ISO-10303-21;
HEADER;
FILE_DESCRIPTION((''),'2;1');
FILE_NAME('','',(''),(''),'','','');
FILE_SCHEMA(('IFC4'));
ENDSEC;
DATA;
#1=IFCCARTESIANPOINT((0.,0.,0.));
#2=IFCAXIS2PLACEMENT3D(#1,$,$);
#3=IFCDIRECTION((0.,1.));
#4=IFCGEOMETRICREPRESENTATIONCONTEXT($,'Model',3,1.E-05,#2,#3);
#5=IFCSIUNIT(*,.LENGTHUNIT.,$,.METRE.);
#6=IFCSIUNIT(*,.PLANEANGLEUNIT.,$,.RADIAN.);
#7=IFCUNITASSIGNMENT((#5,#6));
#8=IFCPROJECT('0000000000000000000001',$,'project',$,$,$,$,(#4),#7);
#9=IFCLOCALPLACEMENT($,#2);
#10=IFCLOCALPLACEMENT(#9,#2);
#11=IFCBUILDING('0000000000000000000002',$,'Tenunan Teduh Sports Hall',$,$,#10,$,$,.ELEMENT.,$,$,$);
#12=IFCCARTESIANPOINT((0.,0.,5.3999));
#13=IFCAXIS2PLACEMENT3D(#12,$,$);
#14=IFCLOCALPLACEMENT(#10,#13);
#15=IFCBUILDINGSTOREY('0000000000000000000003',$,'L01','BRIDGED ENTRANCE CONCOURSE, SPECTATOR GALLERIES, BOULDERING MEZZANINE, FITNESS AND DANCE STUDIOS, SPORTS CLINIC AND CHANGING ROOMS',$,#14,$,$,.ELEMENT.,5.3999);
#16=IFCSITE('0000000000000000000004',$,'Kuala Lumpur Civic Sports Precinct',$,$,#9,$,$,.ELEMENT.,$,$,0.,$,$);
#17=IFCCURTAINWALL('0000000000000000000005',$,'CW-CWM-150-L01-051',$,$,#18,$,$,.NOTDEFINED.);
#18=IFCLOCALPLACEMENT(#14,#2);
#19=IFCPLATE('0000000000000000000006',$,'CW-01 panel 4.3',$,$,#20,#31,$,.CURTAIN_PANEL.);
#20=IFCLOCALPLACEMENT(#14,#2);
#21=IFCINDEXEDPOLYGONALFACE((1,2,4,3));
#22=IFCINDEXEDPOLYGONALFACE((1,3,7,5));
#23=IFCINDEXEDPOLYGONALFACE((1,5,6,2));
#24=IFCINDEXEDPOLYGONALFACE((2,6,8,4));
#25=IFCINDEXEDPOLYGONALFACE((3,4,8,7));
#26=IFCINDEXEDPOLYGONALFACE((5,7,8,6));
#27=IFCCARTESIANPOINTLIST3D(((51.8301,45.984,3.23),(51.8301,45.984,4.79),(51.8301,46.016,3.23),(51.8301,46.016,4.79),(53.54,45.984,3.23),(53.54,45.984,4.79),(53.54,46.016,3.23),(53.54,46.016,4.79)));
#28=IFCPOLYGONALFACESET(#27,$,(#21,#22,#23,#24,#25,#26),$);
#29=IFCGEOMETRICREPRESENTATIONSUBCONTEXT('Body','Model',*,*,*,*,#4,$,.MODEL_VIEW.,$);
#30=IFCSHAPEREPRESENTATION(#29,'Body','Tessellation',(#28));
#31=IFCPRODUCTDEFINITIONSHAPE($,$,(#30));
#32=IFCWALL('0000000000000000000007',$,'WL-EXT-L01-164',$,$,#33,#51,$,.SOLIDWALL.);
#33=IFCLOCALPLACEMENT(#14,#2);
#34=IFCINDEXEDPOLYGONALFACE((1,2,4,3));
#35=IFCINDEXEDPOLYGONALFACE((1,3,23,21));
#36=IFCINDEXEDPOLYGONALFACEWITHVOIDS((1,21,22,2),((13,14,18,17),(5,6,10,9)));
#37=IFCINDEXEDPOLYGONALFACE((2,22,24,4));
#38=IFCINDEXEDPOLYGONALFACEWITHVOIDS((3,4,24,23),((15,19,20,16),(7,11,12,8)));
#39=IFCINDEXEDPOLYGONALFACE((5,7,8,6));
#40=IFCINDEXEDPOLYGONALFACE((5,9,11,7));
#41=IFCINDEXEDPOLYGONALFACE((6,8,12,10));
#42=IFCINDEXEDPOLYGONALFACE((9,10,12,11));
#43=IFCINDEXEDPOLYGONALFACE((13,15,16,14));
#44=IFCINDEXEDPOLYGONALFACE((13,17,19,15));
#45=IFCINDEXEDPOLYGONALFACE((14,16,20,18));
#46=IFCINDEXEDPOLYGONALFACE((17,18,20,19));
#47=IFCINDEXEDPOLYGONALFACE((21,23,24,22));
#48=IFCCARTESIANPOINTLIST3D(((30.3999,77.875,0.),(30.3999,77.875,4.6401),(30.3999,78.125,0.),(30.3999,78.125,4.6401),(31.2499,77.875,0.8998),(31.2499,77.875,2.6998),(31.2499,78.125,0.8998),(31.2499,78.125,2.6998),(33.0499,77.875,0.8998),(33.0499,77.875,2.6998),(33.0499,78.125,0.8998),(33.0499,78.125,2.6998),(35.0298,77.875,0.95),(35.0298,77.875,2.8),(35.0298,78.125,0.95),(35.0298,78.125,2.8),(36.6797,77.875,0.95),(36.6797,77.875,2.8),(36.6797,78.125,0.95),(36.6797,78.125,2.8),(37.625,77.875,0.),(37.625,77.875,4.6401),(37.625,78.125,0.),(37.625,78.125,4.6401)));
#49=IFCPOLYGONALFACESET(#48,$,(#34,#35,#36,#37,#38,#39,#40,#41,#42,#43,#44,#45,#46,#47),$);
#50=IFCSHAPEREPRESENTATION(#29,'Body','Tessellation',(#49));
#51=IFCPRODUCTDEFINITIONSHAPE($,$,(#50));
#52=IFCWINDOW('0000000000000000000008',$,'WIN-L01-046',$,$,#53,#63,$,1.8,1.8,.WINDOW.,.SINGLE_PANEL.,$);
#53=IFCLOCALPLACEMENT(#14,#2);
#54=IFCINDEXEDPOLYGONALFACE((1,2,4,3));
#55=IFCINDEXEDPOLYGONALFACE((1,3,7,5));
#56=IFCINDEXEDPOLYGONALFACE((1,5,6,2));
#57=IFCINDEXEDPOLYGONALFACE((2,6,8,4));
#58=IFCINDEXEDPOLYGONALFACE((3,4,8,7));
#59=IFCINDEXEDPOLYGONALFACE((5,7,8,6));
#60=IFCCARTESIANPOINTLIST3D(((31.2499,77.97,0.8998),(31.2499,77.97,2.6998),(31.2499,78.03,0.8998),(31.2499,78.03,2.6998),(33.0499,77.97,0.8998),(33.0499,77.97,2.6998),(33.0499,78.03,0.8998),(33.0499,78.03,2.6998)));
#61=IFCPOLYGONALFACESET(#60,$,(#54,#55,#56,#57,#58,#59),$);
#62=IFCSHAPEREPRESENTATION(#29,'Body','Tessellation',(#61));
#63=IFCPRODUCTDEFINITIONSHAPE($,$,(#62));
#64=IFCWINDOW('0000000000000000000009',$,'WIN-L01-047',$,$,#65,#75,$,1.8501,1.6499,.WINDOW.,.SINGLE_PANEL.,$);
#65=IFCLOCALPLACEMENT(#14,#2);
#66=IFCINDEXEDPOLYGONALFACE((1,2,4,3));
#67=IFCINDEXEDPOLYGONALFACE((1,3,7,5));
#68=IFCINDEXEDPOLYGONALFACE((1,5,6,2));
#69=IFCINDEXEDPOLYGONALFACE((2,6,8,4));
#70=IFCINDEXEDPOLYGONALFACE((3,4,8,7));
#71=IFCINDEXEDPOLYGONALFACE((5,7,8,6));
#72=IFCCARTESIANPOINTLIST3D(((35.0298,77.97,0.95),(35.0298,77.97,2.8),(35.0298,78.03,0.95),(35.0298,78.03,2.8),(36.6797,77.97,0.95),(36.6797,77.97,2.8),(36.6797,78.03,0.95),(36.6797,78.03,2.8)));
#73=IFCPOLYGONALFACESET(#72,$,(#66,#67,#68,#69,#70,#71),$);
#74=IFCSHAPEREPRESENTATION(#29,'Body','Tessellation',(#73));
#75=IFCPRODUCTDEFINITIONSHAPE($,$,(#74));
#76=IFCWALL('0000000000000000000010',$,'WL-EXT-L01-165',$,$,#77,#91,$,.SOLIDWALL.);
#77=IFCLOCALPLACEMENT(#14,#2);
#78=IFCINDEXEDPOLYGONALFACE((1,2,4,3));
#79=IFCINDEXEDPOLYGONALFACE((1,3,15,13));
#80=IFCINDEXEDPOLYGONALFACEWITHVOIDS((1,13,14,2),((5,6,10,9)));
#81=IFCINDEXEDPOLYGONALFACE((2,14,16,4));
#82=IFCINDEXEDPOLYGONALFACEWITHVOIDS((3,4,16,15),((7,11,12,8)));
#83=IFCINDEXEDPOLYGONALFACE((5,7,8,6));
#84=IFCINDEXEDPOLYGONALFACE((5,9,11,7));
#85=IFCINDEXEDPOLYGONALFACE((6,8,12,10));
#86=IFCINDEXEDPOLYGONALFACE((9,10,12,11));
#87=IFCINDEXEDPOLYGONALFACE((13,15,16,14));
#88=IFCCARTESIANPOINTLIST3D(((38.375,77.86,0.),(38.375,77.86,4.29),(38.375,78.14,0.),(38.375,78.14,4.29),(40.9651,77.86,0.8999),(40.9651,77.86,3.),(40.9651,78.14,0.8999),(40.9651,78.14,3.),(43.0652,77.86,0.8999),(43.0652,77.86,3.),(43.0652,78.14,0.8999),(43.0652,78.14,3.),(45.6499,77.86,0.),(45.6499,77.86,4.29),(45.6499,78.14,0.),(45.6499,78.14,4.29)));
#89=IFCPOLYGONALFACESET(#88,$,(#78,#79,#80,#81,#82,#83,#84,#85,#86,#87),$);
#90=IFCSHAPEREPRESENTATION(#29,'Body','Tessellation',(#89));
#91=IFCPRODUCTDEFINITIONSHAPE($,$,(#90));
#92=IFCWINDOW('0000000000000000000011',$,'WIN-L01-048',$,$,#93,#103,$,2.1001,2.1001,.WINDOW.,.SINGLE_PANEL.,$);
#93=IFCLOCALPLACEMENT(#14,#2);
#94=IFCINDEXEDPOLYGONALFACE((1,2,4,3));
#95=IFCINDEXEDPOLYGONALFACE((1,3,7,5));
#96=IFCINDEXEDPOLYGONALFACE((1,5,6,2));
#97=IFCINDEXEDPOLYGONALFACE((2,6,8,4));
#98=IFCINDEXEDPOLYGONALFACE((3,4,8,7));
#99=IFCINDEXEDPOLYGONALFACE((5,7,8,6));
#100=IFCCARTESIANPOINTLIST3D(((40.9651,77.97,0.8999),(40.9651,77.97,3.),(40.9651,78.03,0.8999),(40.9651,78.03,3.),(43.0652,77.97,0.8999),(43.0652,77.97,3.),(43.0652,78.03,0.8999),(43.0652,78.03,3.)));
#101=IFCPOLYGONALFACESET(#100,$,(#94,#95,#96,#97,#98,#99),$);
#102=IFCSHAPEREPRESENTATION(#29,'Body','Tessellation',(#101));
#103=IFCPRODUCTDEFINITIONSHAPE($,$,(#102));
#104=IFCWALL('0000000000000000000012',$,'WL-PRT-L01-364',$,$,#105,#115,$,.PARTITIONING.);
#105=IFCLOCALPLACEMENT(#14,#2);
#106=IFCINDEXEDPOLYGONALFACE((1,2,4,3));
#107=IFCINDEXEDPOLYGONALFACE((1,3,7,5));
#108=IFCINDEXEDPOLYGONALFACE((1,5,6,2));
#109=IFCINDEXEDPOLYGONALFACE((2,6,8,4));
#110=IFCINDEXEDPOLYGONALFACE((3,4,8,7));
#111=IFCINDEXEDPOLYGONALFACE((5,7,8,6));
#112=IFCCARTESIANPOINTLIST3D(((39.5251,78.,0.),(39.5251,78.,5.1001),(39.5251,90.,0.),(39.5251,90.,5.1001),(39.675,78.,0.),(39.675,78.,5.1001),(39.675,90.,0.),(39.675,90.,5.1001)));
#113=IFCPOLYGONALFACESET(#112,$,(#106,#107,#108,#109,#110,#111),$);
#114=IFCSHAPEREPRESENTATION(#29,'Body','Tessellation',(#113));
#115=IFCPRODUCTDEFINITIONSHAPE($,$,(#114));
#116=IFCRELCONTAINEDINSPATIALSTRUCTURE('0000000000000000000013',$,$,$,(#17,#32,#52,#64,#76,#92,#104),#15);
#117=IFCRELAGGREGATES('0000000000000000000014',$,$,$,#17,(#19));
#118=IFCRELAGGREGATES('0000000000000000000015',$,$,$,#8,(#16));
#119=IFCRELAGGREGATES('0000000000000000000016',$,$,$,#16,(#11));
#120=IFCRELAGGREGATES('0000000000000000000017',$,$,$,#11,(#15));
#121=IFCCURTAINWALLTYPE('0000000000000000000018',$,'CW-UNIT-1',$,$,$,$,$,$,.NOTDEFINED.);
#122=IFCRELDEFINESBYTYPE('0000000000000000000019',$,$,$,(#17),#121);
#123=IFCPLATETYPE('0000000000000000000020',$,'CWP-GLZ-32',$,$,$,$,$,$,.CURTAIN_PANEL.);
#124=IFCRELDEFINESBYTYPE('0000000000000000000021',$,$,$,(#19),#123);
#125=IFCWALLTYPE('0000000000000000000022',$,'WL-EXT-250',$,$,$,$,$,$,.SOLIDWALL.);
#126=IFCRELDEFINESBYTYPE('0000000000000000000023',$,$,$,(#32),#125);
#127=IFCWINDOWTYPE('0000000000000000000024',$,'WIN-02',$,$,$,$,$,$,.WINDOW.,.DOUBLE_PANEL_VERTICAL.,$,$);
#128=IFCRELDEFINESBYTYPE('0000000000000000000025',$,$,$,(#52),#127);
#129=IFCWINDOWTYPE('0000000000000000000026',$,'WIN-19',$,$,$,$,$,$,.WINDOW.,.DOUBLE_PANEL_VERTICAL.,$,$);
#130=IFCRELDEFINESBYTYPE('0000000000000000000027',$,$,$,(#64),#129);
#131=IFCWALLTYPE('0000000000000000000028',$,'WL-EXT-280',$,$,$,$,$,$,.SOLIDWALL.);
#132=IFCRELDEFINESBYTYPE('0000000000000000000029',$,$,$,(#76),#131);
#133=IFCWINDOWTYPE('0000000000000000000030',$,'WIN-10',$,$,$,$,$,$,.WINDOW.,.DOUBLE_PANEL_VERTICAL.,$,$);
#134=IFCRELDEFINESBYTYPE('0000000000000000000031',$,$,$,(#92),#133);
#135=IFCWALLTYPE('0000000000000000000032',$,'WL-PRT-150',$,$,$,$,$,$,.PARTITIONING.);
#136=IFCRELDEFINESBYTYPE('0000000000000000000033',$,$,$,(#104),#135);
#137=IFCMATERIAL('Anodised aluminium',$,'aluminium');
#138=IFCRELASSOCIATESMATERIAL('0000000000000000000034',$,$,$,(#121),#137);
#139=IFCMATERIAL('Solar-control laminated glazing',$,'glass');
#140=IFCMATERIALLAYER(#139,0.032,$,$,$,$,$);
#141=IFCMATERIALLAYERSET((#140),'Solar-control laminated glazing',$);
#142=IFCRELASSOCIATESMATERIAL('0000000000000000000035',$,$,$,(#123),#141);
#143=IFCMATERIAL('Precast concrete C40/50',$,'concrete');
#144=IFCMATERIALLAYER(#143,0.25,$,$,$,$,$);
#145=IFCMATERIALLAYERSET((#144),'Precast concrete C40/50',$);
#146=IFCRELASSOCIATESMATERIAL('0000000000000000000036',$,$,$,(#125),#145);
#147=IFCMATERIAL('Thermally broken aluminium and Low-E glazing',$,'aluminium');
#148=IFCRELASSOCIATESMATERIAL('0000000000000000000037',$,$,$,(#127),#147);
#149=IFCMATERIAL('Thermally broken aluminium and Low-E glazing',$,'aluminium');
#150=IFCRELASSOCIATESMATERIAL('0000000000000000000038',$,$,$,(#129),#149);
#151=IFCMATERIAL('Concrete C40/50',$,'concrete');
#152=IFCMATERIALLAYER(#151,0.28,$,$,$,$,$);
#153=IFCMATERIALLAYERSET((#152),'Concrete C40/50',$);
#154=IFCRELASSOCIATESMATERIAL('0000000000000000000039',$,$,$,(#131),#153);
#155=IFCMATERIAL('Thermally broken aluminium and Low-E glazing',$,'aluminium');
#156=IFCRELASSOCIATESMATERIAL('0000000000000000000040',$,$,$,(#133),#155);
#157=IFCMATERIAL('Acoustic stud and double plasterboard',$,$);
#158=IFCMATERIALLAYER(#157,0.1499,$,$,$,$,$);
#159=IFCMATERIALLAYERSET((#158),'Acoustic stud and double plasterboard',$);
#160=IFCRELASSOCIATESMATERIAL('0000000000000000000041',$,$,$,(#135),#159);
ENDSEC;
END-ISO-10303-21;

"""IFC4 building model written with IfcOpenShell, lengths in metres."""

from ifc_helpers import new_model, si_unit, direction, frame, frame_2d, origin, origin_2d, place, context, subcontext, project, spatial, rectangle, extrude, material, layer, layer_set, type_object, element, fill, aggregate, save


model = new_model("IFC4")

# Units and contexts
model_context = context("Model", 3, precision=1e-05, world=origin(), true_north=direction((0.0, 1.0)))
body_context = subcontext(model_context, "Body", "Model", "MODEL_VIEW")
ifc_project = project(units=[si_unit("LENGTHUNIT", "METRE"), si_unit("PLANEANGLEUNIT", "RADIAN")], contexts=[model_context])

# Site, building, storey
site_placement = place(None, origin())
site = spatial("IfcSite", under=ifc_project, at=site_placement, Name="Kuala Lumpur Civic Sports Precinct", CompositionType="ELEMENT", RefElevation=0.0)
building_placement = place(site_placement, origin())
building = spatial("IfcBuilding", under=site, at=building_placement, Name="Tenunan Teduh Sports Hall", CompositionType="ELEMENT")
storey_placement = place(building_placement, frame((0.0, 0.0, 5.3999)))
storey = spatial("IfcBuildingStorey", under=building, at=storey_placement, Name="L01", Description="BRIDGED ENTRANCE CONCOURSE, SPECTATOR GALLERIES, BOULDERING MEZZANINE, FITNESS AND DANCE STUDIOS, SPORTS CLINIC AND CHANGING ROOMS", CompositionType="ELEMENT", Elevation=5.3999)

# Curtain wall
ifc_material_1 = material(Name="Anodised aluminium", Category="aluminium")
curtain_wall_type = type_object("IfcCurtainWallType", Name="CW-UNIT-1", PredefinedType="NOTDEFINED", material=ifc_material_1)
curtain_wall_1_placement = place(storey_placement, origin())
curtain_wall_1 = element("IfcCurtainWall", 1, at=curtain_wall_1_placement, inside=storey, type_object=curtain_wall_type, Name="CW-CWM-150-L01-051", PredefinedType="NOTDEFINED")

# Plate
ifc_material_2 = material(Name="Solar-control laminated glazing", Category="glass")
ifc_layer_1 = layer(ifc_material_2, 0.032)
ifc_layer_set_1 = layer_set([ifc_layer_1], Name="Solar-control laminated glazing")
plate_type = type_object("IfcPlateType", Name="CWP-GLZ-32", PredefinedType="CURTAIN_PANEL", material=ifc_layer_set_1)
plate_placement = place(storey_placement, frame((52.6851, 46.0, 3.23), z_axis=(0.0, 0.0, 1.0), x_axis=(1.0, 0.0, 0.0)))
plate = element("IfcPlate", 2, at=plate_placement, type_object=plate_type, Name="CW-01 panel 4.3", PredefinedType="CURTAIN_PANEL", context=body_context, shape_type="SweptSolid", body=[
    extrude(rectangle(XDim=1.71, YDim=0.032, at=origin_2d()), origin(), (0.0, 0.0, 1.0), 1.5601),
])
aggregate(curtain_wall_1, [plate])

# Wall, openings, windows
ifc_material_3 = material(Name="Precast concrete C40/50", Category="concrete")
ifc_layer_2 = layer(ifc_material_3, 0.25)
ifc_layer_set_2 = layer_set([ifc_layer_2], Name="Precast concrete C40/50")
wall_type_1 = type_object("IfcWallType", Name="WL-EXT-250", PredefinedType="SOLIDWALL", material=ifc_layer_set_2)
wall_1_placement = place(storey_placement, frame((30.3999, 78.0, 0.0), z_axis=(0.0, 0.0, 1.0), x_axis=(1.0, 0.0, 0.0)))
wall_1 = element("IfcWall", 3, at=wall_1_placement, inside=storey, type_object=wall_type_1, Name="WL-EXT-L01-164", PredefinedType="SOLIDWALL", context=body_context, shape_type="SweptSolid", body=[
    extrude(rectangle(XDim=7.2251, YDim=0.25, at=frame_2d((3.6125, 0.0))), origin(), (0.0, 0.0, 1.0), 4.6401),
])
opening_1_placement = place(wall_1_placement, frame((0.8501, 0.0, 0.8999)))
opening_1 = element("IfcOpeningElement", 4, at=opening_1_placement, cuts=wall_1, PredefinedType="OPENING", context=body_context, shape_type="SweptSolid", body=[
    extrude(rectangle(XDim=1.8, YDim=1.8, at=frame_2d((0.8999, 0.8999))), frame((0.0, 0.135, 0.0), z_axis=(0.0, -1.0, 0.0), x_axis=(1.0, 0.0, 0.0)), (0.0, 0.0, 1.0), 0.27),
])
opening_2_placement = place(wall_1_placement, frame((4.6299, 0.0, 0.95)))
opening_2 = element("IfcOpeningElement", 5, at=opening_2_placement, cuts=wall_1, PredefinedType="OPENING", context=body_context, shape_type="SweptSolid", body=[
    extrude(rectangle(XDim=1.6499, YDim=1.8501, at=frame_2d((0.825, 0.925))), frame((0.0, 0.135, 0.0), z_axis=(0.0, -1.0, 0.0), x_axis=(1.0, 0.0, 0.0)), (0.0, 0.0, 1.0), 0.27),
])
ifc_material_4 = material(Name="Thermally broken aluminium and Low-E glazing", Category="aluminium")
window_type_1 = type_object("IfcWindowType", Name="WIN-02", PartitioningType="DOUBLE_PANEL_VERTICAL", PredefinedType="WINDOW", material=ifc_material_4)
window_1_placement = place(opening_1_placement, origin())
window_1 = element("IfcWindow", 6, at=window_1_placement, inside=storey, type_object=window_type_1, Name="WIN-L01-046", OverallHeight=1.8, OverallWidth=1.8, PartitioningType="SINGLE_PANEL", PredefinedType="WINDOW", context=body_context, shape_type="SweptSolid", body=[
    extrude(rectangle(XDim=1.8, YDim=1.8, at=frame_2d((0.8999, 0.8999))), frame((0.0, 0.03, 0.0), z_axis=(0.0, -1.0, 0.0), x_axis=(1.0, 0.0, 0.0)), (0.0, 0.0, 1.0), 0.0601),
])
fill(opening_1, window_1)
ifc_material_5 = material(Name="Thermally broken aluminium and Low-E glazing", Category="aluminium")
window_type_2 = type_object("IfcWindowType", Name="WIN-19", PartitioningType="DOUBLE_PANEL_VERTICAL", PredefinedType="WINDOW", material=ifc_material_5)
window_2_placement = place(opening_2_placement, origin())
window_2 = element("IfcWindow", 7, at=window_2_placement, inside=storey, type_object=window_type_2, Name="WIN-L01-047", OverallHeight=1.8501, OverallWidth=1.6499, PartitioningType="SINGLE_PANEL", PredefinedType="WINDOW", context=body_context, shape_type="SweptSolid", body=[
    extrude(rectangle(XDim=1.6499, YDim=1.8501, at=frame_2d((0.825, 0.925))), frame((0.0, 0.03, 0.0), z_axis=(0.0, -1.0, 0.0), x_axis=(1.0, 0.0, 0.0)), (0.0, 0.0, 1.0), 0.0601),
])
fill(opening_2, window_2)

# Wall, opening, window
ifc_material_6 = material(Name="Concrete C40/50", Category="concrete")
ifc_layer_3 = layer(ifc_material_6, 0.28)
ifc_layer_set_3 = layer_set([ifc_layer_3], Name="Concrete C40/50")
wall_type_2 = type_object("IfcWallType", Name="WL-EXT-280", PredefinedType="SOLIDWALL", material=ifc_layer_set_3)
wall_2_placement = place(storey_placement, frame((38.375, 78.0, 0.0), z_axis=(0.0, 0.0, 1.0), x_axis=(1.0, 0.0, 0.0)))
wall_2 = element("IfcWall", 8, at=wall_2_placement, inside=storey, type_object=wall_type_2, Name="WL-EXT-L01-165", PredefinedType="SOLIDWALL", context=body_context, shape_type="SweptSolid", body=[
    extrude(rectangle(XDim=7.2749, YDim=0.28, at=frame_2d((3.6375, 0.0))), origin(), (0.0, 0.0, 1.0), 4.29),
])
opening_3_placement = place(wall_2_placement, frame((2.5901, 0.0, 0.8999)))
opening_3 = element("IfcOpeningElement", 9, at=opening_3_placement, cuts=wall_2, PredefinedType="OPENING", context=body_context, shape_type="SweptSolid", body=[
    extrude(rectangle(XDim=2.1001, YDim=2.1001, at=frame_2d((1.05, 1.05))), frame((0.0, 0.1499, 0.0), z_axis=(0.0, -1.0, 0.0), x_axis=(1.0, 0.0, 0.0)), (0.0, 0.0, 1.0), 0.3),
])
ifc_material_7 = material(Name="Thermally broken aluminium and Low-E glazing", Category="aluminium")
window_type_3 = type_object("IfcWindowType", Name="WIN-10", PartitioningType="DOUBLE_PANEL_VERTICAL", PredefinedType="WINDOW", material=ifc_material_7)
window_3_placement = place(opening_3_placement, origin())
window_3 = element("IfcWindow", 10, at=window_3_placement, inside=storey, type_object=window_type_3, Name="WIN-L01-048", OverallHeight=2.1001, OverallWidth=2.1001, PartitioningType="SINGLE_PANEL", PredefinedType="WINDOW", context=body_context, shape_type="SweptSolid", body=[
    extrude(rectangle(XDim=2.1001, YDim=2.1001, at=frame_2d((1.05, 1.05))), frame((0.0, 0.03, 0.0), z_axis=(0.0, -1.0, 0.0), x_axis=(1.0, 0.0, 0.0)), (0.0, 0.0, 1.0), 0.0601),
])
fill(opening_3, window_3)

# Wall
ifc_material_8 = material(Name="Acoustic stud and double plasterboard")
ifc_layer_4 = layer(ifc_material_8, 0.1499)
ifc_layer_set_4 = layer_set([ifc_layer_4], Name="Acoustic stud and double plasterboard")
wall_type_3 = type_object("IfcWallType", Name="WL-PRT-150", PredefinedType="PARTITIONING", material=ifc_layer_set_4)
wall_3_placement = place(storey_placement, frame((39.6001, 78.0, 0.0), z_axis=(0.0, 0.0, 1.0), x_axis=(0.0, 1.0, 0.0)))
element("IfcWall", 11, at=wall_3_placement, inside=storey, type_object=wall_type_3, Name="WL-PRT-L01-364", PredefinedType="PARTITIONING", context=body_context, shape_type="SweptSolid", body=[
    extrude(rectangle(XDim=12.0, YDim=0.1499, at=frame_2d((6.0, 0.0))), origin(), (0.0, 0.0, 1.0), 5.1001),
])

save(model, "model.ifc")
